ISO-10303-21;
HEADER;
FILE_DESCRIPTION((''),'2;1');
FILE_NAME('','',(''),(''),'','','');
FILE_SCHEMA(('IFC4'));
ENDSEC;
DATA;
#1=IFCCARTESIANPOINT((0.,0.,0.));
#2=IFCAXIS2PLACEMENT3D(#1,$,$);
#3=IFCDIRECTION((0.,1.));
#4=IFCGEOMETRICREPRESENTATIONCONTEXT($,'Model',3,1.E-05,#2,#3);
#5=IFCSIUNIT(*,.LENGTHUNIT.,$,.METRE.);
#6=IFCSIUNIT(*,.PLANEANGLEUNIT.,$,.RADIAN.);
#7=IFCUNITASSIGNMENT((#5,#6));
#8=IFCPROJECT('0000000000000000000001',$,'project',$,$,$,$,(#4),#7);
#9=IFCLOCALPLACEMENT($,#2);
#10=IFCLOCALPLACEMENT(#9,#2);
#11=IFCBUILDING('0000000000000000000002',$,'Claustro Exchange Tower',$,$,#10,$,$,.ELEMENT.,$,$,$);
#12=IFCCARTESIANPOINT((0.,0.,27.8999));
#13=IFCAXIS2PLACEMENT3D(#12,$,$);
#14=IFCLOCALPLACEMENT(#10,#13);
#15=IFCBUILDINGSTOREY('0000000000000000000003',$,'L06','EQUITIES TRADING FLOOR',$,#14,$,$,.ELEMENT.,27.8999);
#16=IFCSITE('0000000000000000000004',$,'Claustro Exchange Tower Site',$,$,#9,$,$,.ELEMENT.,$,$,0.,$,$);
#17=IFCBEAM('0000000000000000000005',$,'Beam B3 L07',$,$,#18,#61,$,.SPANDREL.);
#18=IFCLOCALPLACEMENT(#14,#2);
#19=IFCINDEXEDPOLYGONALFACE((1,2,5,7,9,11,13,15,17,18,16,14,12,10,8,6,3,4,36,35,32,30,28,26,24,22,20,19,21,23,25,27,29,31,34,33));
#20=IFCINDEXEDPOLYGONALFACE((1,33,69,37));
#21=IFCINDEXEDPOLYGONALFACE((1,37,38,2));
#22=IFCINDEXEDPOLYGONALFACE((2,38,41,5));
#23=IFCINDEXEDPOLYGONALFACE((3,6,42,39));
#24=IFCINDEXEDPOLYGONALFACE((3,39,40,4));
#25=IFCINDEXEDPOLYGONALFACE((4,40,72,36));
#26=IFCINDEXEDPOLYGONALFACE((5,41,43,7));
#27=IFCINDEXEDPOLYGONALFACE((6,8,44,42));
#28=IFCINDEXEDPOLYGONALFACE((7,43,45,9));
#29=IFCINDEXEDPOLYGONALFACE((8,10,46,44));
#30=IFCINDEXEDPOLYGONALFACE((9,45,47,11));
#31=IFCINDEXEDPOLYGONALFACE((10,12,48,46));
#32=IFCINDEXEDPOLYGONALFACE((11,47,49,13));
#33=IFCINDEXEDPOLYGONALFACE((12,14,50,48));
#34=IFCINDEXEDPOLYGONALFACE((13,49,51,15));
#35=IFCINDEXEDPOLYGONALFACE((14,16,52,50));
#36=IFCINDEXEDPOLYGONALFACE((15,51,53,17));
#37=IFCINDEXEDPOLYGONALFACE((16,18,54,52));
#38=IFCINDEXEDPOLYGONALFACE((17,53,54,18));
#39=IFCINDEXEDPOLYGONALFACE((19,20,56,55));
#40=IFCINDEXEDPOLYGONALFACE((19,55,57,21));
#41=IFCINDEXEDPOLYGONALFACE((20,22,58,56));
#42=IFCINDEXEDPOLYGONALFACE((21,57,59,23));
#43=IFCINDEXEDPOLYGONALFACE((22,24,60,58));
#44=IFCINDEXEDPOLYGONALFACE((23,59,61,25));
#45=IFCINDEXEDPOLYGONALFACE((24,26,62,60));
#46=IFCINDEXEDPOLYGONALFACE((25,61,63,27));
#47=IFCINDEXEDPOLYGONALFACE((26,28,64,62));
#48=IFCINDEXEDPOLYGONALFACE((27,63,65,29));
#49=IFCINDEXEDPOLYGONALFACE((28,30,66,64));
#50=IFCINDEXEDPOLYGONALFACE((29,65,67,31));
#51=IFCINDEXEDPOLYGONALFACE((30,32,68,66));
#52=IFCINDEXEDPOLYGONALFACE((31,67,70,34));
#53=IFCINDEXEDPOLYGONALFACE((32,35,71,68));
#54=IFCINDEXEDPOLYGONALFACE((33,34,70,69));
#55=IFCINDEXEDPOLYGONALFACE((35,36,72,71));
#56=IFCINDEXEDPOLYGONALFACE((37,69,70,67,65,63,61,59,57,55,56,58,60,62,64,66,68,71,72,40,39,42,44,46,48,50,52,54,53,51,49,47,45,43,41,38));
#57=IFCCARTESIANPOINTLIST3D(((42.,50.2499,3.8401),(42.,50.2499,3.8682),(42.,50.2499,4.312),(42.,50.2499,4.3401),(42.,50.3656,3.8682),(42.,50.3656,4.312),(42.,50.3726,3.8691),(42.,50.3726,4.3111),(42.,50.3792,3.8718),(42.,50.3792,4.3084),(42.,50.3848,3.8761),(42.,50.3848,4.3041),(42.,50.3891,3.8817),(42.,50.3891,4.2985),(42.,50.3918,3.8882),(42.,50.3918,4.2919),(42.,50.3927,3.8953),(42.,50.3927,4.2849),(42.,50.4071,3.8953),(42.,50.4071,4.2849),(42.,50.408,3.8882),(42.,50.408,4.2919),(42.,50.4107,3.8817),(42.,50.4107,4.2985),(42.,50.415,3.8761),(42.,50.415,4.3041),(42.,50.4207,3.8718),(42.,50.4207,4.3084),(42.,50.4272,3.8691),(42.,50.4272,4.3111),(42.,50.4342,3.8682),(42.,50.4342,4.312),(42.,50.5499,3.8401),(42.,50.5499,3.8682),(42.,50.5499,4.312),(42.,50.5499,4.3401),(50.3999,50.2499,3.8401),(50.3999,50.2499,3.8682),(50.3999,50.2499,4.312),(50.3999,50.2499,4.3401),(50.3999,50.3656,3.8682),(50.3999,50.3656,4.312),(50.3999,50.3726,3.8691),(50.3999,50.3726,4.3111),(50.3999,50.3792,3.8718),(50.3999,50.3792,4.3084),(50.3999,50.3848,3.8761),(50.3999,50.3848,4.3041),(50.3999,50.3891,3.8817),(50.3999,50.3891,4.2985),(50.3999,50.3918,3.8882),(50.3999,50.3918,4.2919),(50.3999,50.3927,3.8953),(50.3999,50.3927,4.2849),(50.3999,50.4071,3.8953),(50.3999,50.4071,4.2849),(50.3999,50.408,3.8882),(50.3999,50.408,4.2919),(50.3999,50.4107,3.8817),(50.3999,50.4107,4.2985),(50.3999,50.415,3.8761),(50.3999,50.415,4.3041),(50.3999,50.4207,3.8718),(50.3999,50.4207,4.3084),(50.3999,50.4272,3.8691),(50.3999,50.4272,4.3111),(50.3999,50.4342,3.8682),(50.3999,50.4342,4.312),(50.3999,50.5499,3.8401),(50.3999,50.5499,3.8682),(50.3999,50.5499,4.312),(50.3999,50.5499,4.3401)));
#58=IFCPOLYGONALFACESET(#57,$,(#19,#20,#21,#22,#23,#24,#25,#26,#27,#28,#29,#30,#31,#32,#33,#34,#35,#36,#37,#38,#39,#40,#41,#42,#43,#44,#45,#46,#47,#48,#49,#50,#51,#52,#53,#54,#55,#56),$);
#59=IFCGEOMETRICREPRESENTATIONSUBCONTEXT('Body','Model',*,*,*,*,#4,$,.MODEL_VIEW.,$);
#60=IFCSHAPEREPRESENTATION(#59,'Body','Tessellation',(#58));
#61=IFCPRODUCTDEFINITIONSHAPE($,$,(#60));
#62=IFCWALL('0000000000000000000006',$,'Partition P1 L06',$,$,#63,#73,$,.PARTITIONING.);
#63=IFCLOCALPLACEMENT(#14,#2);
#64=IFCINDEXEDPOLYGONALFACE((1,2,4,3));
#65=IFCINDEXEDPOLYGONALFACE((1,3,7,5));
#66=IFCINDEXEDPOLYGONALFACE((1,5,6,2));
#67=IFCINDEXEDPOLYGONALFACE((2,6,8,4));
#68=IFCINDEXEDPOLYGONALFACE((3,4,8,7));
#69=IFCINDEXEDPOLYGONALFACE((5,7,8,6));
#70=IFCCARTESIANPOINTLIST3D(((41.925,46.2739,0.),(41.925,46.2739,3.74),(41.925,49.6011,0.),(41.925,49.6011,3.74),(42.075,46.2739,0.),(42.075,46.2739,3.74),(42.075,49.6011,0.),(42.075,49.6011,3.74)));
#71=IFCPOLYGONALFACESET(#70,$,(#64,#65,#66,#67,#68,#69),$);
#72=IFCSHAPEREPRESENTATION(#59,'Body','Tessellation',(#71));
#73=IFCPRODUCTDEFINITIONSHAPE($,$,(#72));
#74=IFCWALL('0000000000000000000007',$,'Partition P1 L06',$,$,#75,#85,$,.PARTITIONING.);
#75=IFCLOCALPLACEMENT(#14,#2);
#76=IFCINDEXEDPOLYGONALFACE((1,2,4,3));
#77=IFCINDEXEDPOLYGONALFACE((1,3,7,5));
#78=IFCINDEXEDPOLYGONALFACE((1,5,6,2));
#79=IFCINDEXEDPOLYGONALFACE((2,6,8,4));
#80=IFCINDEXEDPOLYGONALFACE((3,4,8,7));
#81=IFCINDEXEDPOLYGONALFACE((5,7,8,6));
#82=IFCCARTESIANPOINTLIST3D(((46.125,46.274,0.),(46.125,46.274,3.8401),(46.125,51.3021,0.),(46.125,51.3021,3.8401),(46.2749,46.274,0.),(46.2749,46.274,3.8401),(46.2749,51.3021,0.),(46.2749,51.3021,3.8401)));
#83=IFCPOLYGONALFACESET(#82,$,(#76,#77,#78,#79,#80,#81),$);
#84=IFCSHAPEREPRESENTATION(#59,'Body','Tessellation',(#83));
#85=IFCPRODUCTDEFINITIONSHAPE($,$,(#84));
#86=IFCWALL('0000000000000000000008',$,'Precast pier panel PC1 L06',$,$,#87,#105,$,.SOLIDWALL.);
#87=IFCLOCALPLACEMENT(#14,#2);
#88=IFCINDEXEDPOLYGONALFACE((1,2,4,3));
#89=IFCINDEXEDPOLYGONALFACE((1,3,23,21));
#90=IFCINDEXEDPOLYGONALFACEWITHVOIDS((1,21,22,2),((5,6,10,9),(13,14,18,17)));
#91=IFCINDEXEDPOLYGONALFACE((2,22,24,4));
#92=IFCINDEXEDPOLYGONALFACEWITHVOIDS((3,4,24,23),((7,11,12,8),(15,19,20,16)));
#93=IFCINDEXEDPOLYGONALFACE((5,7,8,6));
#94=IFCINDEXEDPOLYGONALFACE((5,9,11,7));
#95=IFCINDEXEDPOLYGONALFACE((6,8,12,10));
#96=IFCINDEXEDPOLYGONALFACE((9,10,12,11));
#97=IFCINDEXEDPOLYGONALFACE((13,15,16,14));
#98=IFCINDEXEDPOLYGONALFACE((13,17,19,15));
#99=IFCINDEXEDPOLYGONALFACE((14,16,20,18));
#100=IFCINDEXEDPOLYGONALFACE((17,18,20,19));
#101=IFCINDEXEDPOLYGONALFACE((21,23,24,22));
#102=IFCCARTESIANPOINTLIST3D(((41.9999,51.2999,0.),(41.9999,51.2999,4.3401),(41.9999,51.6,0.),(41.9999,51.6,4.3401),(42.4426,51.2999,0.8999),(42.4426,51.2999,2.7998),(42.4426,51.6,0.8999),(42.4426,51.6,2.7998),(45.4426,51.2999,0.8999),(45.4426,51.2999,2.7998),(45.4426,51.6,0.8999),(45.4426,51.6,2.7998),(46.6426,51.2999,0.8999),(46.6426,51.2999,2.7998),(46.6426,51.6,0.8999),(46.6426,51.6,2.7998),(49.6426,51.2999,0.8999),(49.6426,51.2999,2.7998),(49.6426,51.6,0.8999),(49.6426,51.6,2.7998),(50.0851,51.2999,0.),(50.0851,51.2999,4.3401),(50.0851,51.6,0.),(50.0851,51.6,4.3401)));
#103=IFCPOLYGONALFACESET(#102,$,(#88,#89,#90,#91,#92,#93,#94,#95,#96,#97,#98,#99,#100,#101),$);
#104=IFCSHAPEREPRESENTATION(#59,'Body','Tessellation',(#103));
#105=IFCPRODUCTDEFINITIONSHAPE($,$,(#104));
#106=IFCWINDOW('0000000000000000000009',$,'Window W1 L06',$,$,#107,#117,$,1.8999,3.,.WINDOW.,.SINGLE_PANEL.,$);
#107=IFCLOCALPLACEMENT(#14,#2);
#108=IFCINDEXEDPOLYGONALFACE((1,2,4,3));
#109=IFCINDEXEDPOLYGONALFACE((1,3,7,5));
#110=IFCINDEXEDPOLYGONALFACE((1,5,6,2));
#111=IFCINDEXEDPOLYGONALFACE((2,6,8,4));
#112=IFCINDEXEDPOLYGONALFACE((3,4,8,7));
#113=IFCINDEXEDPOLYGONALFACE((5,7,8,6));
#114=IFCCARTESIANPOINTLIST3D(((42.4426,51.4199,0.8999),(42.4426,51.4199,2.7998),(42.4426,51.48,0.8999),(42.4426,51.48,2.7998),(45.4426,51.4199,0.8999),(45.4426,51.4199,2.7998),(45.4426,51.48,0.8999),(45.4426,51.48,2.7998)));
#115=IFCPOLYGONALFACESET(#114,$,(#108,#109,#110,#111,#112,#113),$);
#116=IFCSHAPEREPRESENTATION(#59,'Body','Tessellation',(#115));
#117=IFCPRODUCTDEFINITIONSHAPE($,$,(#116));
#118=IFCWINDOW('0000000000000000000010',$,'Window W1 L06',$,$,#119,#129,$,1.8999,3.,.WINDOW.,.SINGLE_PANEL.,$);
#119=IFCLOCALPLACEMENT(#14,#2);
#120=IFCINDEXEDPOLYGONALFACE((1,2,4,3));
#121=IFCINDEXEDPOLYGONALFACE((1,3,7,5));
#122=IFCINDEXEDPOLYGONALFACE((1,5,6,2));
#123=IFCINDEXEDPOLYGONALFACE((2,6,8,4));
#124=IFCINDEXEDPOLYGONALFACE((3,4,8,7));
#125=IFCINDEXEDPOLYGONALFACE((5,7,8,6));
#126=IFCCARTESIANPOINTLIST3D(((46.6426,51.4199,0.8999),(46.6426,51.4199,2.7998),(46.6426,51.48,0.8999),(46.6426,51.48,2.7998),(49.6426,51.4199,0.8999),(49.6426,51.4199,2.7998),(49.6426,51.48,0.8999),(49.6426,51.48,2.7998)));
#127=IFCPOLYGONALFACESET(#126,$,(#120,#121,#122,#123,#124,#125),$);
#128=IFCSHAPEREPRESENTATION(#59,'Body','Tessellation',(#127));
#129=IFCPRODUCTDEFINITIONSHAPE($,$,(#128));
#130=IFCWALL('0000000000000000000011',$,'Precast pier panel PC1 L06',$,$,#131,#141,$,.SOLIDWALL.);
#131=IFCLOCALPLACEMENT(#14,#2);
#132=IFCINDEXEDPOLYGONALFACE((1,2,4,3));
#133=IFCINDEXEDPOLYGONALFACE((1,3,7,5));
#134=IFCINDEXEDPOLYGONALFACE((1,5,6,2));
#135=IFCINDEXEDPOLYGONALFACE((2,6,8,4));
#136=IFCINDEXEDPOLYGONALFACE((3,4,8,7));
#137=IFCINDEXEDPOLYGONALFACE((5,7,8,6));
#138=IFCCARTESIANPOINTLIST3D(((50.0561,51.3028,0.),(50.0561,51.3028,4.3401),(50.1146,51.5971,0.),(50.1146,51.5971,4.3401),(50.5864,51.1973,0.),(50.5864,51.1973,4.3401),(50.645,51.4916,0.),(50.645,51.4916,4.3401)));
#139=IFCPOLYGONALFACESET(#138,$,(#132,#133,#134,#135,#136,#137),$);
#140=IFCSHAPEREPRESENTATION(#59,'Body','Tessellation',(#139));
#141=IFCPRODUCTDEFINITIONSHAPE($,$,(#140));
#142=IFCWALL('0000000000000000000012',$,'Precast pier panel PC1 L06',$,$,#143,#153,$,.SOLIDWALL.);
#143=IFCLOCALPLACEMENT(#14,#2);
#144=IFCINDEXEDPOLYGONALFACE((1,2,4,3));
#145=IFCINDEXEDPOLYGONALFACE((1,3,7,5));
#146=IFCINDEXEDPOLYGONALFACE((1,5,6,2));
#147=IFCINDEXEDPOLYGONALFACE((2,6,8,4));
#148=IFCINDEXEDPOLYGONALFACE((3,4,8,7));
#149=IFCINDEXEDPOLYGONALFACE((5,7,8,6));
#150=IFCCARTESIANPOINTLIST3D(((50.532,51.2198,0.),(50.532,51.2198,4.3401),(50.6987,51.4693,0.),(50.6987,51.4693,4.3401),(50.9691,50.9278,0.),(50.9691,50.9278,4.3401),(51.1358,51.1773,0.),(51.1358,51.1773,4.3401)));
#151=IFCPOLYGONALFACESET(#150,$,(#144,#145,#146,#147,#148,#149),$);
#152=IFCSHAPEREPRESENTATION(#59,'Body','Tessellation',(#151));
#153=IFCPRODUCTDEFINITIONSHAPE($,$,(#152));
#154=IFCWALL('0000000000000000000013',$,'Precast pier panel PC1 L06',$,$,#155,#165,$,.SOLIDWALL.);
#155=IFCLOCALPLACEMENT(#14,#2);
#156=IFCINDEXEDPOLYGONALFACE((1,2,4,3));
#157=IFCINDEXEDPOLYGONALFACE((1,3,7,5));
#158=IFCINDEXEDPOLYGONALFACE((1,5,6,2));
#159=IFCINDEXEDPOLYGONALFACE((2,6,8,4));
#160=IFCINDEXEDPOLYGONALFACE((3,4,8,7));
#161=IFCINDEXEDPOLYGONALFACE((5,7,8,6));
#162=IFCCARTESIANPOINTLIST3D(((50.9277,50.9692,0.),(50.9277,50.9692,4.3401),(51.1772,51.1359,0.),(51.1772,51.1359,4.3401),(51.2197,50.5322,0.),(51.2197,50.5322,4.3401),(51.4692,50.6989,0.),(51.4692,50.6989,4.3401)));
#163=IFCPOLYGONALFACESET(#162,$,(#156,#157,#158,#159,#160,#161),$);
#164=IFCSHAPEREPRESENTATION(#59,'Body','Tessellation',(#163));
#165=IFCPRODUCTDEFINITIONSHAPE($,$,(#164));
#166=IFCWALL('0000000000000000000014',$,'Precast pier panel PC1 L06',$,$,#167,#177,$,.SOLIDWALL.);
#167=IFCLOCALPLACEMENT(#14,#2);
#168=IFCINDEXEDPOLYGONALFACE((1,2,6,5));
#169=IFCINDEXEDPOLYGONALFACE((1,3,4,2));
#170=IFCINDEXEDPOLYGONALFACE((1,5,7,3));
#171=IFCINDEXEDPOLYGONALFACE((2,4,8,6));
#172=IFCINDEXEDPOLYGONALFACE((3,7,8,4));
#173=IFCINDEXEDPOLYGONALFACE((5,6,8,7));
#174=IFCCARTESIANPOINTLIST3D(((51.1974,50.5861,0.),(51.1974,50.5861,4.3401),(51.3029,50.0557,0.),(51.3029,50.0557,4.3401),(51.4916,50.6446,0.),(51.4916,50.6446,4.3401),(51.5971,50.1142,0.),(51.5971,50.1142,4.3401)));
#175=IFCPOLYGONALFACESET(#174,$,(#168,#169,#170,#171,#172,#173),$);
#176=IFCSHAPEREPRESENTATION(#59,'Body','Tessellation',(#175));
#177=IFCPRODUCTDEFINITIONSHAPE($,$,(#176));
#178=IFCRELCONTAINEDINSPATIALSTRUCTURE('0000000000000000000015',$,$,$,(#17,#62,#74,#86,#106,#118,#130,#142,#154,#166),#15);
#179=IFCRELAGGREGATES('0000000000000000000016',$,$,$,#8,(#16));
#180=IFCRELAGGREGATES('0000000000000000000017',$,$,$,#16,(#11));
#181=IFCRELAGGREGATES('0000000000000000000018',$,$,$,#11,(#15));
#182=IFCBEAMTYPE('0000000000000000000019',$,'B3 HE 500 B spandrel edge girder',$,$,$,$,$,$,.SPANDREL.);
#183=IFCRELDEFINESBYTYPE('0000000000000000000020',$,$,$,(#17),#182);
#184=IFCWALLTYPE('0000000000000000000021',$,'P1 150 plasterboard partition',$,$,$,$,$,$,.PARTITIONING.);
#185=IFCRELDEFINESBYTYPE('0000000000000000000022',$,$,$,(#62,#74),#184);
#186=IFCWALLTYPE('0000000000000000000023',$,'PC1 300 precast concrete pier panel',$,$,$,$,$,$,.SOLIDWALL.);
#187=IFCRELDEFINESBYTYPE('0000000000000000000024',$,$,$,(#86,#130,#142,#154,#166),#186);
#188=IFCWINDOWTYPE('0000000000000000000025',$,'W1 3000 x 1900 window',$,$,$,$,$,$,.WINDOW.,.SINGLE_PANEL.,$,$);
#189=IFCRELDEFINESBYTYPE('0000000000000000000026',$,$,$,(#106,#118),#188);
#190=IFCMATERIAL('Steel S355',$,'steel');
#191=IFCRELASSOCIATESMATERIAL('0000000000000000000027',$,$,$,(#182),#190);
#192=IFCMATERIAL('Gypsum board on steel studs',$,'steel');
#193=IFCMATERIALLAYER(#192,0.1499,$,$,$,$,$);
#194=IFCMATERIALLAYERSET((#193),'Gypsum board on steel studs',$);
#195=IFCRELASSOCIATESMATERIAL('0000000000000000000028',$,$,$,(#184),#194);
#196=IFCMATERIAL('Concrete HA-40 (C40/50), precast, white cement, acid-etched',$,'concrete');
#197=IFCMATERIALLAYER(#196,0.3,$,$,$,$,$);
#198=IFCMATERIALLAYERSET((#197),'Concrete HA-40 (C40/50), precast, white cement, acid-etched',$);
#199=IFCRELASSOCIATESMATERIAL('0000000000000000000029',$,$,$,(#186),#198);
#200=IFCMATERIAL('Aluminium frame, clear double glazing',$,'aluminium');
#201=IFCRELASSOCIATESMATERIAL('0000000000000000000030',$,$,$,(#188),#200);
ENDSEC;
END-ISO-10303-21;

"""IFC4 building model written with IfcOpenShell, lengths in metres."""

from ifc_helpers import new_model, si_unit, direction, frame, frame_2d, origin, origin_2d, place, context, subcontext, project, spatial, rectangle, i_section, extrude, material, layer, layer_set, material_profile, profile_set, type_object, element, fill, save


model = new_model("IFC4")

# Units and contexts
model_context = context("Model", 3, precision=1e-05, world=origin(), true_north=direction((0.0, 1.0)))
body_context = subcontext(model_context, "Body", "Model", "MODEL_VIEW")
ifc_project = project(units=[si_unit("LENGTHUNIT", "METRE"), si_unit("PLANEANGLEUNIT", "RADIAN")], contexts=[model_context])

# Site, building, storey
site_placement = place(None, origin())
site = spatial("IfcSite", under=ifc_project, at=site_placement, Name="Claustro Exchange Tower Site", CompositionType="ELEMENT", RefElevation=0.0)
building_placement = place(site_placement, origin())
building = spatial("IfcBuilding", under=site, at=building_placement, Name="Claustro Exchange Tower", CompositionType="ELEMENT")
storey_placement = place(building_placement, frame((0.0, 0.0, 27.8999)))
storey = spatial("IfcBuildingStorey", under=building, at=storey_placement, Name="L06", Description="EQUITIES TRADING FLOOR", CompositionType="ELEMENT", Elevation=27.8999)

# Beam
ifc_material_1 = material(Name="Steel S355", Category="steel")
ifc_material_profile_1 = material_profile(ifc_material_1, i_section(OverallWidth=0.3, OverallDepth=0.5, WebThickness=0.0144, FlangeThickness=0.0281, FilletRadius=0.0271, at=origin_2d()), Name="HE 500 B")
ifc_profile_set_1 = profile_set([ifc_material_profile_1], Name="Steel S355")
beam_type_1 = type_object("IfcBeamType", Name="B3 HE 500 B spandrel edge girder", PredefinedType="SPANDREL", material=ifc_profile_set_1)
for number, where, z_axis, x_axis, name in (
    (1, (42.0, 50.3999, 4.0901), (1.0, 0.0, 0.0), (0.0, 1.0, 0.0), "Beam B3 L07"),
):
    element("IfcBeam", number, at=place(storey_placement, frame(where, z_axis=z_axis, x_axis=x_axis)), inside=storey, type_object=beam_type_1, Name=name, PredefinedType="SPANDREL", context=body_context, shape_type="SweptSolid", body=[
        extrude(i_section(OverallWidth=0.3, OverallDepth=0.5, WebThickness=0.0144, FlangeThickness=0.0281, FilletRadius=0.0271, at=origin_2d()), origin(), (0.0, 0.0, 1.0), 8.3999),
    ])

# Walls
ifc_material_2 = material(Name="Gypsum board on steel studs", Category="steel")
ifc_layer_1 = layer(ifc_material_2, 0.1499)
ifc_layer_set_1 = layer_set([ifc_layer_1], Name="Gypsum board on steel studs")
wall_type_1 = type_object("IfcWallType", Name="P1 150 plasterboard partition", PredefinedType="PARTITIONING", material=ifc_layer_set_1)
wall_1_placement = place(storey_placement, frame((42.0, 46.2739, 0.0), z_axis=(0.0, 0.0, 1.0), x_axis=(0.0, 1.0, 0.0)))
element("IfcWall", 2, at=wall_1_placement, inside=storey, type_object=wall_type_1, Name="Partition P1 L06", PredefinedType="PARTITIONING", context=body_context, shape_type="SweptSolid", body=[
    extrude(rectangle(XDim=3.3271, YDim=0.1499, at=frame_2d((1.6636, 0.0))), origin(), (0.0, 0.0, 1.0), 3.74),
])
wall_2_placement = place(storey_placement, frame((46.2, 46.2739, 0.0), z_axis=(0.0, 0.0, 1.0), x_axis=(0.0, 1.0, 0.0)))
element("IfcWall", 3, at=wall_2_placement, inside=storey, type_object=wall_type_1, Name="Partition P1 L06", PredefinedType="PARTITIONING", context=body_context, shape_type="SweptSolid", body=[
    extrude(rectangle(XDim=5.0281, YDim=0.1499, at=frame_2d((2.5142, 0.0))), origin(), (0.0, 0.0, 1.0), 3.8401),
])

# Wall, openings, windows
ifc_material_3 = material(Name="Concrete HA-40 (C40/50), precast, white cement, acid-etched", Category="concrete")
ifc_layer_2 = layer(ifc_material_3, 0.3)
ifc_layer_set_2 = layer_set([ifc_layer_2], Name="Concrete HA-40 (C40/50), precast, white cement, acid-etched")
wall_type_2 = type_object("IfcWallType", Name="PC1 300 precast concrete pier panel", PredefinedType="SOLIDWALL", material=ifc_layer_set_2)
wall_3_placement = place(storey_placement, frame((42.0, 51.45, 0.0), z_axis=(0.0, 0.0, 1.0), x_axis=(1.0, 0.0, 0.0)))
wall_3 = element("IfcWall", 4, at=wall_3_placement, inside=storey, type_object=wall_type_2, Name="Precast pier panel PC1 L06", PredefinedType="SOLIDWALL", context=body_context, shape_type="SweptSolid", body=[
    extrude(rectangle(XDim=8.0852, YDim=0.3, at=frame_2d((4.0425, 0.0))), origin(), (0.0, 0.0, 1.0), 4.3401),
])
opening_1_placement = place(wall_3_placement, frame((0.4426, 0.0, 0.8999)))
opening_1 = element("IfcOpeningElement", 5, at=opening_1_placement, cuts=wall_3, PredefinedType="OPENING", context=body_context, shape_type="SweptSolid", body=[
    extrude(rectangle(XDim=3.0, YDim=1.8999, at=frame_2d((1.5, 0.95))), frame((0.0, 0.1599, 0.0), z_axis=(0.0, -1.0, 0.0), x_axis=(1.0, 0.0, 0.0)), (0.0, 0.0, 1.0), 0.3201),
])
opening_2_placement = place(wall_3_placement, frame((4.6426, 0.0, 0.8999)))
opening_2 = element("IfcOpeningElement", 6, at=opening_2_placement, cuts=wall_3, PredefinedType="OPENING", context=body_context, shape_type="SweptSolid", body=[
    extrude(rectangle(XDim=3.0, YDim=1.8999, at=frame_2d((1.5, 0.95))), frame((0.0, 0.1599, 0.0), z_axis=(0.0, -1.0, 0.0), x_axis=(1.0, 0.0, 0.0)), (0.0, 0.0, 1.0), 0.3201),
])
ifc_material_4 = material(Name="Aluminium frame, clear double glazing", Category="aluminium")
window_type_1 = type_object("IfcWindowType", Name="W1 3000 x 1900 window", PartitioningType="SINGLE_PANEL", PredefinedType="WINDOW", material=ifc_material_4)
window_1_placement = place(opening_1_placement, origin())
window_1 = element("IfcWindow", 7, at=window_1_placement, inside=storey, type_object=window_type_1, Name="Window W1 L06", OverallHeight=1.8999, OverallWidth=3.0, PartitioningType="SINGLE_PANEL", PredefinedType="WINDOW", context=body_context, shape_type="SweptSolid", body=[
    extrude(rectangle(XDim=3.0, YDim=1.8999, at=frame_2d((1.5, 0.95))), frame((0.0, 0.03, 0.0), z_axis=(0.0, -1.0, 0.0), x_axis=(1.0, 0.0, 0.0)), (0.0, 0.0, 1.0), 0.0601),
])
fill(opening_1, window_1)
window_2_placement = place(opening_2_placement, origin())
window_2 = element("IfcWindow", 8, at=window_2_placement, inside=storey, type_object=window_type_1, Name="Window W1 L06", OverallHeight=1.8999, OverallWidth=3.0, PartitioningType="SINGLE_PANEL", PredefinedType="WINDOW", context=body_context, shape_type="SweptSolid", body=[
    extrude(rectangle(XDim=3.0, YDim=1.8999, at=frame_2d((1.5, 0.95))), frame((0.0, 0.03, 0.0), z_axis=(0.0, -1.0, 0.0), x_axis=(1.0, 0.0, 0.0)), (0.0, 0.0, 1.0), 0.0601),
])
fill(opening_2, window_2)

# Walls
wall_4_placement = place(storey_placement, frame((50.0852, 51.45, 0.0), z_axis=(0.0, 0.0, 1.0), x_axis=(0.980789, -0.195074, 0.0)))
element("IfcWall", 9, at=wall_4_placement, inside=storey, type_object=wall_type_2, Name="Precast pier panel PC1 L06", PredefinedType="SOLIDWALL", context=body_context, shape_type="SweptSolid", body=[
    extrude(rectangle(XDim=0.5408, YDim=0.3, at=frame_2d((0.2705, 0.0))), origin(), (0.0, 0.0, 1.0), 4.3401),
])
for number, where, z_axis, x_axis, name in (
    (10, (50.6155, 51.3445, 0.0), (0.0, 0.0, 1.0), (0.831478, -0.555557, 0.0), "Precast pier panel PC1 L06"),
    (11, (51.0525, 51.0525, 0.0), (0.0, 0.0, 1.0), (0.555557, -0.831478, 0.0), "Precast pier panel PC1 L06"),
):
    element("IfcWall", number, at=place(storey_placement, frame(where, z_axis=z_axis, x_axis=x_axis)), inside=storey, type_object=wall_type_2, Name=name, PredefinedType="SOLIDWALL", context=body_context, shape_type="SweptSolid", body=[
        extrude(rectangle(XDim=0.5256, YDim=0.3, at=frame_2d((0.2627, 0.0))), origin(), (0.0, 0.0, 1.0), 4.3401),
    ])
wall_5_placement = place(storey_placement, frame((51.3445, 50.6155, 0.0), z_axis=(0.0, 0.0, 1.0), x_axis=(0.195074, -0.980789, 0.0)))
element("IfcWall", 12, at=wall_5_placement, inside=storey, type_object=wall_type_2, Name="Precast pier panel PC1 L06", PredefinedType="SOLIDWALL", context=body_context, shape_type="SweptSolid", body=[
    extrude(rectangle(XDim=0.5408, YDim=0.3, at=frame_2d((0.2705, 0.0))), origin(), (0.0, 0.0, 1.0), 4.3401),
])

save(model, "model.ifc")
